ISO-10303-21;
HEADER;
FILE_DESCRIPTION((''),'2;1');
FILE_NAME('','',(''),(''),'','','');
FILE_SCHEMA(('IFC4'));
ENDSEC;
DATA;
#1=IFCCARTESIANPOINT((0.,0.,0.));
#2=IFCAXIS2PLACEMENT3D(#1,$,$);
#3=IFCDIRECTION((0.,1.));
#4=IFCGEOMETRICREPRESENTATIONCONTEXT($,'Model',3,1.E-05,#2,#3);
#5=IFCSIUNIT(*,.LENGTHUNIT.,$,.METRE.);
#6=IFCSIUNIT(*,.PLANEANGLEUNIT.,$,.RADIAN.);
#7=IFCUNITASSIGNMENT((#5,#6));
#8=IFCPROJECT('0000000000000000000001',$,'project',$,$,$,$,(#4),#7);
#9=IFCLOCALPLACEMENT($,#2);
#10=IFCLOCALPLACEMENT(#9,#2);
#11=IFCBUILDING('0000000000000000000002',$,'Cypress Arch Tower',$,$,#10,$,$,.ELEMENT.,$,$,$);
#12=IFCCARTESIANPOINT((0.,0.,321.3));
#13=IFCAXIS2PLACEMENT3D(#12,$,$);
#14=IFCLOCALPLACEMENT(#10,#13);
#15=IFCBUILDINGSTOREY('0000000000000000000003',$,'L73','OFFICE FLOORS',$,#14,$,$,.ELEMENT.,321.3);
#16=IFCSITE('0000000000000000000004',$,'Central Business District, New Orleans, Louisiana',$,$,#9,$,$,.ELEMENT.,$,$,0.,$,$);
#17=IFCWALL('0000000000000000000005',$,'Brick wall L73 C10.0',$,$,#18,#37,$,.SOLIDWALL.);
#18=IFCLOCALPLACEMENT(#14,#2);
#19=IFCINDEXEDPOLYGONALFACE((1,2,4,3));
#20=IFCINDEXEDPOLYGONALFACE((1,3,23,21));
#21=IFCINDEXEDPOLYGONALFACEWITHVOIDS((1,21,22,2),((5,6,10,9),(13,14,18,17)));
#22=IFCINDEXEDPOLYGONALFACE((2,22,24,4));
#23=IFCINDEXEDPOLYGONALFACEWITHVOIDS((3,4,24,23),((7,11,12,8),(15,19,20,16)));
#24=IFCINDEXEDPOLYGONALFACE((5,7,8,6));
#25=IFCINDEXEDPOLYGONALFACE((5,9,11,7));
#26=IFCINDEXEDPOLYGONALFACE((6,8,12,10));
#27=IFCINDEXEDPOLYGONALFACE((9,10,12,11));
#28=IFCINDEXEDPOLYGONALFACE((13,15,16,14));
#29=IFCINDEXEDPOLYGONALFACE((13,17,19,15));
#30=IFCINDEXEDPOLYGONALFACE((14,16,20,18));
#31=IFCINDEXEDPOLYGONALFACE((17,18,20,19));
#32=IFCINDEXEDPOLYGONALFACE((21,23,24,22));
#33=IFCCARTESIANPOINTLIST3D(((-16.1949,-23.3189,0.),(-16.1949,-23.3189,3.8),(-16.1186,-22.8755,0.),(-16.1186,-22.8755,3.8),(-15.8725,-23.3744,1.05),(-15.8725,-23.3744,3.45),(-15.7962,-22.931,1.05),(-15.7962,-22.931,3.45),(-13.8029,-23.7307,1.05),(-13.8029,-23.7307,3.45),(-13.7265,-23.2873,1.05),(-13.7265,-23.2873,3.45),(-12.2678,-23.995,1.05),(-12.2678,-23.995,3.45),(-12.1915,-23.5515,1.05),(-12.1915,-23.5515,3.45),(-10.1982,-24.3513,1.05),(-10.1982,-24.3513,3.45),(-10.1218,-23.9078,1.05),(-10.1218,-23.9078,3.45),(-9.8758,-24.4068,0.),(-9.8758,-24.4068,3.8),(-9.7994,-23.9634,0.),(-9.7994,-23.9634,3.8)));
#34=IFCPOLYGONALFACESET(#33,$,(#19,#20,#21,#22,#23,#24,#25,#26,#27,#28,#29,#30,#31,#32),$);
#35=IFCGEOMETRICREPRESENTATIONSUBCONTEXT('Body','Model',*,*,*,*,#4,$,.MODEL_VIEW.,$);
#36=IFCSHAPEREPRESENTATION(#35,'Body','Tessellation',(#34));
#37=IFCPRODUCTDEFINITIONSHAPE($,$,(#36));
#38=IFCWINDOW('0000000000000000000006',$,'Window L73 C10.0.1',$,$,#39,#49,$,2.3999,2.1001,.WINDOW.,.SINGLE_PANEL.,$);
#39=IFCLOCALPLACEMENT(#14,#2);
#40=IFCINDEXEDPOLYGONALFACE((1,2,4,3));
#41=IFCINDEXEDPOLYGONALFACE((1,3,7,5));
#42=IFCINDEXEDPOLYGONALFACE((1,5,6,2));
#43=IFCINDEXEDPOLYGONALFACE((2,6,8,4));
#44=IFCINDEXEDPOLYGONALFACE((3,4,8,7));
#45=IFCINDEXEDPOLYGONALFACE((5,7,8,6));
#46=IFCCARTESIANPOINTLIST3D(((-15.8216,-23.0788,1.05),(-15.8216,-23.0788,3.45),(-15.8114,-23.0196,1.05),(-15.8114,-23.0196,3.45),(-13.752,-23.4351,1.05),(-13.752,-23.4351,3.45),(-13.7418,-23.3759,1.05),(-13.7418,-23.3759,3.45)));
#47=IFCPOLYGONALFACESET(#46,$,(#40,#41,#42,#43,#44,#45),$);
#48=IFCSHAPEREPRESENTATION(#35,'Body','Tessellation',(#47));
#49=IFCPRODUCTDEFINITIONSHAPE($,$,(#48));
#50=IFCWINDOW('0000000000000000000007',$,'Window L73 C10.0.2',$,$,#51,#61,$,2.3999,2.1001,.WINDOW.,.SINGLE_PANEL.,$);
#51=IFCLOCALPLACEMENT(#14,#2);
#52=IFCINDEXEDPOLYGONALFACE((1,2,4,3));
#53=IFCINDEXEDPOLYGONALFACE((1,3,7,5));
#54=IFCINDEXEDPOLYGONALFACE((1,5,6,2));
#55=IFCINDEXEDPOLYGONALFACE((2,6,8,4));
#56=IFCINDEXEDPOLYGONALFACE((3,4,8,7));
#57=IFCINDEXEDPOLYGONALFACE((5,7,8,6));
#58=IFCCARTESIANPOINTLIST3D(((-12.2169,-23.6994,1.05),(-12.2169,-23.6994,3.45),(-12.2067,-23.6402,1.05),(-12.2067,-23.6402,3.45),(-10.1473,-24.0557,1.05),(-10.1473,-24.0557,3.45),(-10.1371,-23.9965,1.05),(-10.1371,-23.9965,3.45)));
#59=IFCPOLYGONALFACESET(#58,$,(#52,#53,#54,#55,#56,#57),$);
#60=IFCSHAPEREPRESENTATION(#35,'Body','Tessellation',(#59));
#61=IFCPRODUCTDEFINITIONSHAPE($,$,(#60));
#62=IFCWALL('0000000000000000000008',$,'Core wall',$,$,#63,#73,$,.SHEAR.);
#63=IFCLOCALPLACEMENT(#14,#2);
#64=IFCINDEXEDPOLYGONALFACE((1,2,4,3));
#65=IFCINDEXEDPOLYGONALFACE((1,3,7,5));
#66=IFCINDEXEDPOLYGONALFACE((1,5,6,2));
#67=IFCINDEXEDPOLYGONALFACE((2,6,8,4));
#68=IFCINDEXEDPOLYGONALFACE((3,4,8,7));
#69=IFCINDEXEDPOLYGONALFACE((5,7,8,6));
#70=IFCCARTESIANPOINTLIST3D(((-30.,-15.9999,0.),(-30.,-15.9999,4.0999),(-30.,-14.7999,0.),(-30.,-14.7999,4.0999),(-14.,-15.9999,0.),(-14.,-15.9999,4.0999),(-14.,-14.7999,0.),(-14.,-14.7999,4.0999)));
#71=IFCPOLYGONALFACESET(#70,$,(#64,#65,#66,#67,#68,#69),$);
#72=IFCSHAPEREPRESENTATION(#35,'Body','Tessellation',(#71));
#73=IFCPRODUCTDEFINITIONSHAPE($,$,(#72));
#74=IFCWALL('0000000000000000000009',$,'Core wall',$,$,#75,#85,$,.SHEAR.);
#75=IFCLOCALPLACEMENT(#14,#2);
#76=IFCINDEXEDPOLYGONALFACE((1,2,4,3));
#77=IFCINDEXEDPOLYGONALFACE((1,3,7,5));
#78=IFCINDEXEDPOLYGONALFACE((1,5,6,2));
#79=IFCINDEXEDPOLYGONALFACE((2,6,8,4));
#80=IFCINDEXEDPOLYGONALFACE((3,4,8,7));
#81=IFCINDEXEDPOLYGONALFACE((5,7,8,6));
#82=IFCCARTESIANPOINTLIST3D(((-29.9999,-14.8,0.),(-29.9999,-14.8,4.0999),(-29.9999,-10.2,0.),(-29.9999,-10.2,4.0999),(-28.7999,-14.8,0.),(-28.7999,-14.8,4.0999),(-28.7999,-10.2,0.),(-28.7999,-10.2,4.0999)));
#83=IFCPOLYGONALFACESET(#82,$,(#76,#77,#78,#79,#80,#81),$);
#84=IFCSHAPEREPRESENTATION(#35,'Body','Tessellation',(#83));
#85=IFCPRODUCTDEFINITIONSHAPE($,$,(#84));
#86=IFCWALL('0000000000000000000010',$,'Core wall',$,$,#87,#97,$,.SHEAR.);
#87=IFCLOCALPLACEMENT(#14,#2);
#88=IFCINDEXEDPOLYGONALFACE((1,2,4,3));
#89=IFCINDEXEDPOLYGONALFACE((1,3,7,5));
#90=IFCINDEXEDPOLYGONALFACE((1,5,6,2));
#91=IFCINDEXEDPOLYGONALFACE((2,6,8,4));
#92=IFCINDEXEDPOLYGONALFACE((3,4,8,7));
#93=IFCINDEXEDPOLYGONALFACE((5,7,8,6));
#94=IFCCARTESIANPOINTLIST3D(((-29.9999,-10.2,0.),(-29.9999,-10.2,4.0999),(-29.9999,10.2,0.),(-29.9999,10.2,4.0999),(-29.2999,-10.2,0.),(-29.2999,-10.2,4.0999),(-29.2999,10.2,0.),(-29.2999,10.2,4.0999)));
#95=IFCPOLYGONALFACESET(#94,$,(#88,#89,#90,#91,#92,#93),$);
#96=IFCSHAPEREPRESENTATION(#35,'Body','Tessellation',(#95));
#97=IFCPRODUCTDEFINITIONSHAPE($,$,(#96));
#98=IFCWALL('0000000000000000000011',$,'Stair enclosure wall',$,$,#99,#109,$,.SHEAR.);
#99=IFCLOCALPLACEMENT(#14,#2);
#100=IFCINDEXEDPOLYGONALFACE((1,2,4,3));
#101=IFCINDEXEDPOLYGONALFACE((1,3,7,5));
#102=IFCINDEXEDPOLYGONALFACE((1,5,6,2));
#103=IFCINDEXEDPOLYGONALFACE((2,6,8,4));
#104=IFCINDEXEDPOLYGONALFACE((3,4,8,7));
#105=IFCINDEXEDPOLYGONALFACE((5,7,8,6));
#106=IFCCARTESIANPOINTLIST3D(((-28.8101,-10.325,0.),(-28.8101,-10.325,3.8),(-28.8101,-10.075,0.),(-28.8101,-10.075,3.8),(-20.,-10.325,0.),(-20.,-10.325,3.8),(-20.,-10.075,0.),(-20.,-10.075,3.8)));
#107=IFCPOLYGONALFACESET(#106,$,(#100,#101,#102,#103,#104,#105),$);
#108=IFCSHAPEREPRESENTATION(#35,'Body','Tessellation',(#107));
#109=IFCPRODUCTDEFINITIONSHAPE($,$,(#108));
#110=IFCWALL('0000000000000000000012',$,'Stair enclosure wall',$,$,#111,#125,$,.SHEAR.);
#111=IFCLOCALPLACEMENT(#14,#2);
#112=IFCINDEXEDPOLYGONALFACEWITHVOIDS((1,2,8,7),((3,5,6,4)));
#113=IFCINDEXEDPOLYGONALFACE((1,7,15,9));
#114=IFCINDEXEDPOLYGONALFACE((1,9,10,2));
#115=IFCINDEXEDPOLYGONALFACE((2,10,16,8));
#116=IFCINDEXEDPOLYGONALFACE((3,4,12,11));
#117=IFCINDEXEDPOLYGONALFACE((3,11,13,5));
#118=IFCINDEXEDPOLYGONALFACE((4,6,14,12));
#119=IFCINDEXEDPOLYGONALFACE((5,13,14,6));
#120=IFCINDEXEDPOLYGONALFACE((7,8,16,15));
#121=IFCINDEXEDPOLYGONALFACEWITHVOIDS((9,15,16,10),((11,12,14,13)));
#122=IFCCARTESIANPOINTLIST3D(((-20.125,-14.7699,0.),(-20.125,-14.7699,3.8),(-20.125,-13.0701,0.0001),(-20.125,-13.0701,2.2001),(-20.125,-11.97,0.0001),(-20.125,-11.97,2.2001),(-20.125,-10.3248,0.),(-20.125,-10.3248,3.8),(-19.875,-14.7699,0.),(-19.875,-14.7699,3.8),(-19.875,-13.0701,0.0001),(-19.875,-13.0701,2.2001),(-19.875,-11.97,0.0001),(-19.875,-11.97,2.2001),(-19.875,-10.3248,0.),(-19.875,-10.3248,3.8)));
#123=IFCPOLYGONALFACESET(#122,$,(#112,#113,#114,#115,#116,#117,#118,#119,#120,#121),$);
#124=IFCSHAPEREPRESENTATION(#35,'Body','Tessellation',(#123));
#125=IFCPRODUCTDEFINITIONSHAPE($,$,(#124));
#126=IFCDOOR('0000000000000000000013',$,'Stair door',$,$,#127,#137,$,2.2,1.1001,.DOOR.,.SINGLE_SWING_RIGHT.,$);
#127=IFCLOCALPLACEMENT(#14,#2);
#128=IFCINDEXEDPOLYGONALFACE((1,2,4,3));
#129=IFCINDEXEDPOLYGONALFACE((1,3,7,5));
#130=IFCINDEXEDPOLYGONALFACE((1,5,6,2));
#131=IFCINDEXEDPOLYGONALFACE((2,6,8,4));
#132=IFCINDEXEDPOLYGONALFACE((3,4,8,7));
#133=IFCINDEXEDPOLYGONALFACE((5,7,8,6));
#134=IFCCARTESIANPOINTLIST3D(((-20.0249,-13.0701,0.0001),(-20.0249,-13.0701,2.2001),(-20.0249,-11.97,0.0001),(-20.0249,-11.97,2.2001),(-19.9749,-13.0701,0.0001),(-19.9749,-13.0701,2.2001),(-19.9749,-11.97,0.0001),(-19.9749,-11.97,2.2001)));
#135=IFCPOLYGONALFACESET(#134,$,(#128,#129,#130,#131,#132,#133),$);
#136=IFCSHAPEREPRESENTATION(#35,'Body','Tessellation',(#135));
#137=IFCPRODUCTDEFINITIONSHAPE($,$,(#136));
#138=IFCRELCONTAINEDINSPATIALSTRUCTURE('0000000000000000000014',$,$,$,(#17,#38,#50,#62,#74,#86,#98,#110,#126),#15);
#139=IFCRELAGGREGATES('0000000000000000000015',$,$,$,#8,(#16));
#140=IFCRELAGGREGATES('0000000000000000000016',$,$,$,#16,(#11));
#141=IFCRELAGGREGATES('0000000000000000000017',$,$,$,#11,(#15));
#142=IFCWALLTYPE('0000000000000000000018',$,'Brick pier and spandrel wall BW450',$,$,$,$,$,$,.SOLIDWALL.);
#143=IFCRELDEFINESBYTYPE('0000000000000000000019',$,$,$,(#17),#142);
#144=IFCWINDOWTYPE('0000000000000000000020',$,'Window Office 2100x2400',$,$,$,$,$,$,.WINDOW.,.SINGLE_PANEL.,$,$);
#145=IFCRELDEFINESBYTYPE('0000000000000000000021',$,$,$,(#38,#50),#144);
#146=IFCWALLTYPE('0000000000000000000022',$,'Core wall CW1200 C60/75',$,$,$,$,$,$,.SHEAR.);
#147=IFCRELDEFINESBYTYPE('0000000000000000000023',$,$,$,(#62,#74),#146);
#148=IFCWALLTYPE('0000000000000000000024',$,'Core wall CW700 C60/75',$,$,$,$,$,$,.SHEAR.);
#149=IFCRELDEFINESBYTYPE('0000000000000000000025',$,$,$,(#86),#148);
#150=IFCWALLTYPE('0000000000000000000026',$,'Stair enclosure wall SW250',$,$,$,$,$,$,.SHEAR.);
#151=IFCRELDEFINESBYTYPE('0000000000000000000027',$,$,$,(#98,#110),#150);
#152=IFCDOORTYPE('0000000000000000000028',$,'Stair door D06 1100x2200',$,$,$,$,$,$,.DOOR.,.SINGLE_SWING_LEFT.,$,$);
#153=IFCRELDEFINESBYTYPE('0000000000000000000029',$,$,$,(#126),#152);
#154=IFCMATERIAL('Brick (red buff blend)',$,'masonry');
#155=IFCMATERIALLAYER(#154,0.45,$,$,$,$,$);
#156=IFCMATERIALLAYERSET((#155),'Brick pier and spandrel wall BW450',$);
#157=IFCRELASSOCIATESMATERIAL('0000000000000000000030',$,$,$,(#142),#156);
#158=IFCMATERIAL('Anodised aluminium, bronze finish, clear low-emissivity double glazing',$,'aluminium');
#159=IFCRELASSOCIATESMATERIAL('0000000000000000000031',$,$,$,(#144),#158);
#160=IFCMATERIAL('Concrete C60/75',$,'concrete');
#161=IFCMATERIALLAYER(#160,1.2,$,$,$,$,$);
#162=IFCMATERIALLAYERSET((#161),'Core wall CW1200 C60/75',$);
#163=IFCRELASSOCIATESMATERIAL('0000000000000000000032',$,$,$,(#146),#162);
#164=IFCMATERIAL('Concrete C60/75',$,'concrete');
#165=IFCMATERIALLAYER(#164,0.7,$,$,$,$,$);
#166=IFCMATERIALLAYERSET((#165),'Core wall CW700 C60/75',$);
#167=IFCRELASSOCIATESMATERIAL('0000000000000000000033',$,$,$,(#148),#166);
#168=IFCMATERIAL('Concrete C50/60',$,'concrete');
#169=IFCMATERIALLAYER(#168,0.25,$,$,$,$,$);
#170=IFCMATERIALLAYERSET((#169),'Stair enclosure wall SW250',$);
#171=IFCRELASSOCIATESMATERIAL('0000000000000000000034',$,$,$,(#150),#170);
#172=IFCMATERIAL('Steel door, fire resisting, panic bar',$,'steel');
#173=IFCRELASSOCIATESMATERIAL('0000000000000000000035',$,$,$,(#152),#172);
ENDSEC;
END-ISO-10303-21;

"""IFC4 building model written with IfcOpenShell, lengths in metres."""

from ifc_helpers import new_model, si_unit, direction, frame, frame_2d, origin, place, context, subcontext, project, spatial, rectangle, extrude, material, layer, layer_set, type_object, element, fill, save


model = new_model("IFC4")

# Units and contexts
model_context = context("Model", 3, precision=1e-05, world=origin(), true_north=direction((0.0, 1.0)))
body_context = subcontext(model_context, "Body", "Model", "MODEL_VIEW")
ifc_project = project(units=[si_unit("LENGTHUNIT", "METRE"), si_unit("PLANEANGLEUNIT", "RADIAN")], contexts=[model_context])

# Site, building, storey
site_placement = place(None, origin())
site = spatial("IfcSite", under=ifc_project, at=site_placement, Name="Central Business District, New Orleans, Louisiana", CompositionType="ELEMENT", RefElevation=0.0)
building_placement = place(site_placement, origin())
building = spatial("IfcBuilding", under=site, at=building_placement, Name="Cypress Arch Tower", CompositionType="ELEMENT")
storey_placement = place(building_placement, frame((0.0, 0.0, 321.3)))
storey = spatial("IfcBuildingStorey", under=building, at=storey_placement, Name="L73", Description="OFFICE FLOORS", CompositionType="ELEMENT", Elevation=321.3)

# Wall, openings, windows
ifc_material_1 = material(Name="Brick (red buff blend)", Category="masonry")
ifc_layer_1 = layer(ifc_material_1, 0.45)
ifc_layer_set_1 = layer_set([ifc_layer_1], Name="Brick pier and spandrel wall BW450")
wall_type_1 = type_object("IfcWallType", Name="Brick pier and spandrel wall BW450", PredefinedType="SOLIDWALL", material=ifc_layer_set_1)
ifc_material_2 = material(Name="Anodised aluminium, bronze finish, clear low-emissivity double glazing", Category="aluminium")
window_type = type_object("IfcWindowType", Name="Window Office 2100x2400", PartitioningType="SINGLE_PANEL", PredefinedType="WINDOW", material=ifc_material_2)
wall_1_placement = place(storey_placement, frame((-16.1567, -23.0972, 0.0), z_axis=(0.0, 0.0, 1.0), x_axis=(0.985502, -0.169663, 0.0)))
wall_1 = element("IfcWall", 1, at=wall_1_placement, inside=storey, type_object=wall_type_1, Name="Brick wall L73 C10.0", PredefinedType="SOLIDWALL", context=body_context, shape_type="SweptSolid", body=[
    extrude(rectangle(XDim=6.4121, YDim=0.45, at=frame_2d((3.2061, 0.0))), origin(), (0.0, 0.0, 1.0), 3.8),
])
opening_1_placement = place(wall_1_placement, frame((0.3271, 0.0, 1.05)))
opening_1 = element("IfcOpeningElement", 2, at=opening_1_placement, cuts=wall_1, PredefinedType="OPENING", context=body_context, shape_type="SweptSolid", body=[
    extrude(rectangle(XDim=2.1001, YDim=2.3999, at=frame_2d((1.05, 1.2))), frame((0.0, 0.2349, 0.0), z_axis=(0.0, -1.0, 0.0), x_axis=(1.0, 0.0, 0.0)), (0.0, 0.0, 1.0), 0.47),
])
opening_2_placement = place(wall_1_placement, frame((3.9849, 0.0, 1.05)))
opening_2 = element("IfcOpeningElement", 3, at=opening_2_placement, cuts=wall_1, PredefinedType="OPENING", context=body_context, shape_type="SweptSolid", body=[
    extrude(rectangle(XDim=2.1001, YDim=2.3999, at=frame_2d((1.05, 1.2))), frame((0.0, 0.2349, 0.0), z_axis=(0.0, -1.0, 0.0), x_axis=(1.0, 0.0, 0.0)), (0.0, 0.0, 1.0), 0.47),
])
window_1_placement = place(opening_1_placement, origin())
window_1 = element("IfcWindow", 4, at=window_1_placement, inside=storey, type_object=window_type, Name="Window L73 C10.0.1", OverallHeight=2.3999, OverallWidth=2.1001, PartitioningType="SINGLE_PANEL", PredefinedType="WINDOW", context=body_context, shape_type="SweptSolid", body=[
    extrude(rectangle(XDim=2.1001, YDim=2.3999, at=frame_2d((1.05, 1.2))), frame((0.0, 0.135, 0.0), z_axis=(0.0, -1.0, 0.0), x_axis=(1.0, 0.0, 0.0)), (0.0, 0.0, 1.0), 0.0601),
])
fill(opening_1, window_1)
window_2_placement = place(opening_2_placement, origin())
window_2 = element("IfcWindow", 5, at=window_2_placement, inside=storey, type_object=window_type, Name="Window L73 C10.0.2", OverallHeight=2.3999, OverallWidth=2.1001, PartitioningType="SINGLE_PANEL", PredefinedType="WINDOW", context=body_context, shape_type="SweptSolid", body=[
    extrude(rectangle(XDim=2.1001, YDim=2.3999, at=frame_2d((1.05, 1.2))), frame((0.0, 0.135, 0.0), z_axis=(0.0, -1.0, 0.0), x_axis=(1.0, 0.0, 0.0)), (0.0, 0.0, 1.0), 0.0601),
])
fill(opening_2, window_2)

# Walls
ifc_material_3 = material(Name="Concrete C60/75", Category="concrete")
ifc_layer_2 = layer(ifc_material_3, 1.2)
ifc_layer_set_2 = layer_set([ifc_layer_2], Name="Core wall CW1200 C60/75")
wall_type_2 = type_object("IfcWallType", Name="Core wall CW1200 C60/75", PredefinedType="SHEAR", material=ifc_layer_set_2)
wall_2_placement = place(storey_placement, frame((-30.0, -15.3999, 0.0), z_axis=(0.0, 0.0, 1.0), x_axis=(1.0, 0.0, 0.0)))
element("IfcWall", 6, at=wall_2_placement, inside=storey, type_object=wall_type_2, Name="Core wall", PredefinedType="SHEAR", context=body_context, shape_type="SweptSolid", body=[
    extrude(rectangle(XDim=16.0, YDim=1.2, at=frame_2d((8.0, 0.0))), origin(), (0.0, 0.0, 1.0), 4.0999),
])
wall_3_placement = place(storey_placement, frame((-29.3999, -14.8, 0.0), z_axis=(0.0, 0.0, 1.0), x_axis=(0.0, 1.0, 0.0)))
element("IfcWall", 7, at=wall_3_placement, inside=storey, type_object=wall_type_2, Name="Core wall", PredefinedType="SHEAR", context=body_context, shape_type="SweptSolid", body=[
    extrude(rectangle(XDim=4.6001, YDim=1.2, at=frame_2d((2.3, 0.0))), origin(), (0.0, 0.0, 1.0), 4.0999),
])
ifc_material_4 = material(Name="Concrete C60/75", Category="concrete")
ifc_layer_3 = layer(ifc_material_4, 0.7)
ifc_layer_set_3 = layer_set([ifc_layer_3], Name="Core wall CW700 C60/75")
wall_type_3 = type_object("IfcWallType", Name="Core wall CW700 C60/75", PredefinedType="SHEAR", material=ifc_layer_set_3)
wall_4_placement = place(storey_placement, frame((-29.6499, -10.2, 0.0), z_axis=(0.0, 0.0, 1.0), x_axis=(0.0, 1.0, 0.0)))
element("IfcWall", 8, at=wall_4_placement, inside=storey, type_object=wall_type_3, Name="Core wall", PredefinedType="SHEAR", context=body_context, shape_type="SweptSolid", body=[
    extrude(rectangle(XDim=20.3999, YDim=0.7, at=frame_2d((10.2, 0.0))), origin(), (0.0, 0.0, 1.0), 4.0999),
])
ifc_material_5 = material(Name="Concrete C50/60", Category="concrete")
ifc_layer_4 = layer(ifc_material_5, 0.25)
ifc_layer_set_4 = layer_set([ifc_layer_4], Name="Stair enclosure wall SW250")
wall_type_4 = type_object("IfcWallType", Name="Stair enclosure wall SW250", PredefinedType="SHEAR", material=ifc_layer_set_4)
wall_5_placement = place(storey_placement, frame((-28.8101, -10.2, 0.0), z_axis=(0.0, 0.0, 1.0), x_axis=(1.0, 0.0, 0.0)))
element("IfcWall", 9, at=wall_5_placement, inside=storey, type_object=wall_type_4, Name="Stair enclosure wall", PredefinedType="SHEAR", context=body_context, shape_type="SweptSolid", body=[
    extrude(rectangle(XDim=8.8101, YDim=0.25, at=frame_2d((4.405, 0.0))), origin(), (0.0, 0.0, 1.0), 3.8),
])

# Wall, opening, door
wall_6_placement = place(storey_placement, frame((-20.0, -14.77, 0.0), z_axis=(0.0, 0.0, 1.0), x_axis=(0.0, 1.0, 0.0)))
wall_6 = element("IfcWall", 10, at=wall_6_placement, inside=storey, type_object=wall_type_4, Name="Stair enclosure wall", PredefinedType="SHEAR", context=body_context, shape_type="SweptSolid", body=[
    extrude(rectangle(XDim=4.4451, YDim=0.25, at=frame_2d((2.2227, 0.0))), origin(), (0.0, 0.0, 1.0), 3.8),
])
opening_3_placement = place(wall_6_placement, frame((1.7, 0.0, 0.0)))
opening_3 = element("IfcOpeningElement", 11, at=opening_3_placement, cuts=wall_6, PredefinedType="OPENING", context=body_context, shape_type="SweptSolid", body=[
    extrude(rectangle(XDim=1.1001, YDim=2.2, at=frame_2d((0.55, 1.1001))), frame((0.0, 0.135, 0.0), z_axis=(0.0, -1.0, 0.0), x_axis=(1.0, 0.0, 0.0)), (0.0, 0.0, 1.0), 0.27),
])
ifc_material_6 = material(Name="Steel door, fire resisting, panic bar", Category="steel")
door_type = type_object("IfcDoorType", Name="Stair door D06 1100x2200", OperationType="SINGLE_SWING_LEFT", PredefinedType="DOOR", material=ifc_material_6)
door_placement = place(opening_3_placement, origin())
door = element("IfcDoor", 12, at=door_placement, inside=storey, type_object=door_type, Name="Stair door", OperationType="SINGLE_SWING_RIGHT", OverallHeight=2.2, OverallWidth=1.1001, PredefinedType="DOOR", context=body_context, shape_type="SweptSolid", body=[
    extrude(rectangle(XDim=1.1001, YDim=2.2, at=frame_2d((0.55, 1.1001))), frame((0.0, 0.0249, 0.0), z_axis=(0.0, -1.0, 0.0), x_axis=(1.0, 0.0, 0.0)), (0.0, 0.0, 1.0), 0.05),
])
fill(opening_3, door)

save(model, "model.ifc")
